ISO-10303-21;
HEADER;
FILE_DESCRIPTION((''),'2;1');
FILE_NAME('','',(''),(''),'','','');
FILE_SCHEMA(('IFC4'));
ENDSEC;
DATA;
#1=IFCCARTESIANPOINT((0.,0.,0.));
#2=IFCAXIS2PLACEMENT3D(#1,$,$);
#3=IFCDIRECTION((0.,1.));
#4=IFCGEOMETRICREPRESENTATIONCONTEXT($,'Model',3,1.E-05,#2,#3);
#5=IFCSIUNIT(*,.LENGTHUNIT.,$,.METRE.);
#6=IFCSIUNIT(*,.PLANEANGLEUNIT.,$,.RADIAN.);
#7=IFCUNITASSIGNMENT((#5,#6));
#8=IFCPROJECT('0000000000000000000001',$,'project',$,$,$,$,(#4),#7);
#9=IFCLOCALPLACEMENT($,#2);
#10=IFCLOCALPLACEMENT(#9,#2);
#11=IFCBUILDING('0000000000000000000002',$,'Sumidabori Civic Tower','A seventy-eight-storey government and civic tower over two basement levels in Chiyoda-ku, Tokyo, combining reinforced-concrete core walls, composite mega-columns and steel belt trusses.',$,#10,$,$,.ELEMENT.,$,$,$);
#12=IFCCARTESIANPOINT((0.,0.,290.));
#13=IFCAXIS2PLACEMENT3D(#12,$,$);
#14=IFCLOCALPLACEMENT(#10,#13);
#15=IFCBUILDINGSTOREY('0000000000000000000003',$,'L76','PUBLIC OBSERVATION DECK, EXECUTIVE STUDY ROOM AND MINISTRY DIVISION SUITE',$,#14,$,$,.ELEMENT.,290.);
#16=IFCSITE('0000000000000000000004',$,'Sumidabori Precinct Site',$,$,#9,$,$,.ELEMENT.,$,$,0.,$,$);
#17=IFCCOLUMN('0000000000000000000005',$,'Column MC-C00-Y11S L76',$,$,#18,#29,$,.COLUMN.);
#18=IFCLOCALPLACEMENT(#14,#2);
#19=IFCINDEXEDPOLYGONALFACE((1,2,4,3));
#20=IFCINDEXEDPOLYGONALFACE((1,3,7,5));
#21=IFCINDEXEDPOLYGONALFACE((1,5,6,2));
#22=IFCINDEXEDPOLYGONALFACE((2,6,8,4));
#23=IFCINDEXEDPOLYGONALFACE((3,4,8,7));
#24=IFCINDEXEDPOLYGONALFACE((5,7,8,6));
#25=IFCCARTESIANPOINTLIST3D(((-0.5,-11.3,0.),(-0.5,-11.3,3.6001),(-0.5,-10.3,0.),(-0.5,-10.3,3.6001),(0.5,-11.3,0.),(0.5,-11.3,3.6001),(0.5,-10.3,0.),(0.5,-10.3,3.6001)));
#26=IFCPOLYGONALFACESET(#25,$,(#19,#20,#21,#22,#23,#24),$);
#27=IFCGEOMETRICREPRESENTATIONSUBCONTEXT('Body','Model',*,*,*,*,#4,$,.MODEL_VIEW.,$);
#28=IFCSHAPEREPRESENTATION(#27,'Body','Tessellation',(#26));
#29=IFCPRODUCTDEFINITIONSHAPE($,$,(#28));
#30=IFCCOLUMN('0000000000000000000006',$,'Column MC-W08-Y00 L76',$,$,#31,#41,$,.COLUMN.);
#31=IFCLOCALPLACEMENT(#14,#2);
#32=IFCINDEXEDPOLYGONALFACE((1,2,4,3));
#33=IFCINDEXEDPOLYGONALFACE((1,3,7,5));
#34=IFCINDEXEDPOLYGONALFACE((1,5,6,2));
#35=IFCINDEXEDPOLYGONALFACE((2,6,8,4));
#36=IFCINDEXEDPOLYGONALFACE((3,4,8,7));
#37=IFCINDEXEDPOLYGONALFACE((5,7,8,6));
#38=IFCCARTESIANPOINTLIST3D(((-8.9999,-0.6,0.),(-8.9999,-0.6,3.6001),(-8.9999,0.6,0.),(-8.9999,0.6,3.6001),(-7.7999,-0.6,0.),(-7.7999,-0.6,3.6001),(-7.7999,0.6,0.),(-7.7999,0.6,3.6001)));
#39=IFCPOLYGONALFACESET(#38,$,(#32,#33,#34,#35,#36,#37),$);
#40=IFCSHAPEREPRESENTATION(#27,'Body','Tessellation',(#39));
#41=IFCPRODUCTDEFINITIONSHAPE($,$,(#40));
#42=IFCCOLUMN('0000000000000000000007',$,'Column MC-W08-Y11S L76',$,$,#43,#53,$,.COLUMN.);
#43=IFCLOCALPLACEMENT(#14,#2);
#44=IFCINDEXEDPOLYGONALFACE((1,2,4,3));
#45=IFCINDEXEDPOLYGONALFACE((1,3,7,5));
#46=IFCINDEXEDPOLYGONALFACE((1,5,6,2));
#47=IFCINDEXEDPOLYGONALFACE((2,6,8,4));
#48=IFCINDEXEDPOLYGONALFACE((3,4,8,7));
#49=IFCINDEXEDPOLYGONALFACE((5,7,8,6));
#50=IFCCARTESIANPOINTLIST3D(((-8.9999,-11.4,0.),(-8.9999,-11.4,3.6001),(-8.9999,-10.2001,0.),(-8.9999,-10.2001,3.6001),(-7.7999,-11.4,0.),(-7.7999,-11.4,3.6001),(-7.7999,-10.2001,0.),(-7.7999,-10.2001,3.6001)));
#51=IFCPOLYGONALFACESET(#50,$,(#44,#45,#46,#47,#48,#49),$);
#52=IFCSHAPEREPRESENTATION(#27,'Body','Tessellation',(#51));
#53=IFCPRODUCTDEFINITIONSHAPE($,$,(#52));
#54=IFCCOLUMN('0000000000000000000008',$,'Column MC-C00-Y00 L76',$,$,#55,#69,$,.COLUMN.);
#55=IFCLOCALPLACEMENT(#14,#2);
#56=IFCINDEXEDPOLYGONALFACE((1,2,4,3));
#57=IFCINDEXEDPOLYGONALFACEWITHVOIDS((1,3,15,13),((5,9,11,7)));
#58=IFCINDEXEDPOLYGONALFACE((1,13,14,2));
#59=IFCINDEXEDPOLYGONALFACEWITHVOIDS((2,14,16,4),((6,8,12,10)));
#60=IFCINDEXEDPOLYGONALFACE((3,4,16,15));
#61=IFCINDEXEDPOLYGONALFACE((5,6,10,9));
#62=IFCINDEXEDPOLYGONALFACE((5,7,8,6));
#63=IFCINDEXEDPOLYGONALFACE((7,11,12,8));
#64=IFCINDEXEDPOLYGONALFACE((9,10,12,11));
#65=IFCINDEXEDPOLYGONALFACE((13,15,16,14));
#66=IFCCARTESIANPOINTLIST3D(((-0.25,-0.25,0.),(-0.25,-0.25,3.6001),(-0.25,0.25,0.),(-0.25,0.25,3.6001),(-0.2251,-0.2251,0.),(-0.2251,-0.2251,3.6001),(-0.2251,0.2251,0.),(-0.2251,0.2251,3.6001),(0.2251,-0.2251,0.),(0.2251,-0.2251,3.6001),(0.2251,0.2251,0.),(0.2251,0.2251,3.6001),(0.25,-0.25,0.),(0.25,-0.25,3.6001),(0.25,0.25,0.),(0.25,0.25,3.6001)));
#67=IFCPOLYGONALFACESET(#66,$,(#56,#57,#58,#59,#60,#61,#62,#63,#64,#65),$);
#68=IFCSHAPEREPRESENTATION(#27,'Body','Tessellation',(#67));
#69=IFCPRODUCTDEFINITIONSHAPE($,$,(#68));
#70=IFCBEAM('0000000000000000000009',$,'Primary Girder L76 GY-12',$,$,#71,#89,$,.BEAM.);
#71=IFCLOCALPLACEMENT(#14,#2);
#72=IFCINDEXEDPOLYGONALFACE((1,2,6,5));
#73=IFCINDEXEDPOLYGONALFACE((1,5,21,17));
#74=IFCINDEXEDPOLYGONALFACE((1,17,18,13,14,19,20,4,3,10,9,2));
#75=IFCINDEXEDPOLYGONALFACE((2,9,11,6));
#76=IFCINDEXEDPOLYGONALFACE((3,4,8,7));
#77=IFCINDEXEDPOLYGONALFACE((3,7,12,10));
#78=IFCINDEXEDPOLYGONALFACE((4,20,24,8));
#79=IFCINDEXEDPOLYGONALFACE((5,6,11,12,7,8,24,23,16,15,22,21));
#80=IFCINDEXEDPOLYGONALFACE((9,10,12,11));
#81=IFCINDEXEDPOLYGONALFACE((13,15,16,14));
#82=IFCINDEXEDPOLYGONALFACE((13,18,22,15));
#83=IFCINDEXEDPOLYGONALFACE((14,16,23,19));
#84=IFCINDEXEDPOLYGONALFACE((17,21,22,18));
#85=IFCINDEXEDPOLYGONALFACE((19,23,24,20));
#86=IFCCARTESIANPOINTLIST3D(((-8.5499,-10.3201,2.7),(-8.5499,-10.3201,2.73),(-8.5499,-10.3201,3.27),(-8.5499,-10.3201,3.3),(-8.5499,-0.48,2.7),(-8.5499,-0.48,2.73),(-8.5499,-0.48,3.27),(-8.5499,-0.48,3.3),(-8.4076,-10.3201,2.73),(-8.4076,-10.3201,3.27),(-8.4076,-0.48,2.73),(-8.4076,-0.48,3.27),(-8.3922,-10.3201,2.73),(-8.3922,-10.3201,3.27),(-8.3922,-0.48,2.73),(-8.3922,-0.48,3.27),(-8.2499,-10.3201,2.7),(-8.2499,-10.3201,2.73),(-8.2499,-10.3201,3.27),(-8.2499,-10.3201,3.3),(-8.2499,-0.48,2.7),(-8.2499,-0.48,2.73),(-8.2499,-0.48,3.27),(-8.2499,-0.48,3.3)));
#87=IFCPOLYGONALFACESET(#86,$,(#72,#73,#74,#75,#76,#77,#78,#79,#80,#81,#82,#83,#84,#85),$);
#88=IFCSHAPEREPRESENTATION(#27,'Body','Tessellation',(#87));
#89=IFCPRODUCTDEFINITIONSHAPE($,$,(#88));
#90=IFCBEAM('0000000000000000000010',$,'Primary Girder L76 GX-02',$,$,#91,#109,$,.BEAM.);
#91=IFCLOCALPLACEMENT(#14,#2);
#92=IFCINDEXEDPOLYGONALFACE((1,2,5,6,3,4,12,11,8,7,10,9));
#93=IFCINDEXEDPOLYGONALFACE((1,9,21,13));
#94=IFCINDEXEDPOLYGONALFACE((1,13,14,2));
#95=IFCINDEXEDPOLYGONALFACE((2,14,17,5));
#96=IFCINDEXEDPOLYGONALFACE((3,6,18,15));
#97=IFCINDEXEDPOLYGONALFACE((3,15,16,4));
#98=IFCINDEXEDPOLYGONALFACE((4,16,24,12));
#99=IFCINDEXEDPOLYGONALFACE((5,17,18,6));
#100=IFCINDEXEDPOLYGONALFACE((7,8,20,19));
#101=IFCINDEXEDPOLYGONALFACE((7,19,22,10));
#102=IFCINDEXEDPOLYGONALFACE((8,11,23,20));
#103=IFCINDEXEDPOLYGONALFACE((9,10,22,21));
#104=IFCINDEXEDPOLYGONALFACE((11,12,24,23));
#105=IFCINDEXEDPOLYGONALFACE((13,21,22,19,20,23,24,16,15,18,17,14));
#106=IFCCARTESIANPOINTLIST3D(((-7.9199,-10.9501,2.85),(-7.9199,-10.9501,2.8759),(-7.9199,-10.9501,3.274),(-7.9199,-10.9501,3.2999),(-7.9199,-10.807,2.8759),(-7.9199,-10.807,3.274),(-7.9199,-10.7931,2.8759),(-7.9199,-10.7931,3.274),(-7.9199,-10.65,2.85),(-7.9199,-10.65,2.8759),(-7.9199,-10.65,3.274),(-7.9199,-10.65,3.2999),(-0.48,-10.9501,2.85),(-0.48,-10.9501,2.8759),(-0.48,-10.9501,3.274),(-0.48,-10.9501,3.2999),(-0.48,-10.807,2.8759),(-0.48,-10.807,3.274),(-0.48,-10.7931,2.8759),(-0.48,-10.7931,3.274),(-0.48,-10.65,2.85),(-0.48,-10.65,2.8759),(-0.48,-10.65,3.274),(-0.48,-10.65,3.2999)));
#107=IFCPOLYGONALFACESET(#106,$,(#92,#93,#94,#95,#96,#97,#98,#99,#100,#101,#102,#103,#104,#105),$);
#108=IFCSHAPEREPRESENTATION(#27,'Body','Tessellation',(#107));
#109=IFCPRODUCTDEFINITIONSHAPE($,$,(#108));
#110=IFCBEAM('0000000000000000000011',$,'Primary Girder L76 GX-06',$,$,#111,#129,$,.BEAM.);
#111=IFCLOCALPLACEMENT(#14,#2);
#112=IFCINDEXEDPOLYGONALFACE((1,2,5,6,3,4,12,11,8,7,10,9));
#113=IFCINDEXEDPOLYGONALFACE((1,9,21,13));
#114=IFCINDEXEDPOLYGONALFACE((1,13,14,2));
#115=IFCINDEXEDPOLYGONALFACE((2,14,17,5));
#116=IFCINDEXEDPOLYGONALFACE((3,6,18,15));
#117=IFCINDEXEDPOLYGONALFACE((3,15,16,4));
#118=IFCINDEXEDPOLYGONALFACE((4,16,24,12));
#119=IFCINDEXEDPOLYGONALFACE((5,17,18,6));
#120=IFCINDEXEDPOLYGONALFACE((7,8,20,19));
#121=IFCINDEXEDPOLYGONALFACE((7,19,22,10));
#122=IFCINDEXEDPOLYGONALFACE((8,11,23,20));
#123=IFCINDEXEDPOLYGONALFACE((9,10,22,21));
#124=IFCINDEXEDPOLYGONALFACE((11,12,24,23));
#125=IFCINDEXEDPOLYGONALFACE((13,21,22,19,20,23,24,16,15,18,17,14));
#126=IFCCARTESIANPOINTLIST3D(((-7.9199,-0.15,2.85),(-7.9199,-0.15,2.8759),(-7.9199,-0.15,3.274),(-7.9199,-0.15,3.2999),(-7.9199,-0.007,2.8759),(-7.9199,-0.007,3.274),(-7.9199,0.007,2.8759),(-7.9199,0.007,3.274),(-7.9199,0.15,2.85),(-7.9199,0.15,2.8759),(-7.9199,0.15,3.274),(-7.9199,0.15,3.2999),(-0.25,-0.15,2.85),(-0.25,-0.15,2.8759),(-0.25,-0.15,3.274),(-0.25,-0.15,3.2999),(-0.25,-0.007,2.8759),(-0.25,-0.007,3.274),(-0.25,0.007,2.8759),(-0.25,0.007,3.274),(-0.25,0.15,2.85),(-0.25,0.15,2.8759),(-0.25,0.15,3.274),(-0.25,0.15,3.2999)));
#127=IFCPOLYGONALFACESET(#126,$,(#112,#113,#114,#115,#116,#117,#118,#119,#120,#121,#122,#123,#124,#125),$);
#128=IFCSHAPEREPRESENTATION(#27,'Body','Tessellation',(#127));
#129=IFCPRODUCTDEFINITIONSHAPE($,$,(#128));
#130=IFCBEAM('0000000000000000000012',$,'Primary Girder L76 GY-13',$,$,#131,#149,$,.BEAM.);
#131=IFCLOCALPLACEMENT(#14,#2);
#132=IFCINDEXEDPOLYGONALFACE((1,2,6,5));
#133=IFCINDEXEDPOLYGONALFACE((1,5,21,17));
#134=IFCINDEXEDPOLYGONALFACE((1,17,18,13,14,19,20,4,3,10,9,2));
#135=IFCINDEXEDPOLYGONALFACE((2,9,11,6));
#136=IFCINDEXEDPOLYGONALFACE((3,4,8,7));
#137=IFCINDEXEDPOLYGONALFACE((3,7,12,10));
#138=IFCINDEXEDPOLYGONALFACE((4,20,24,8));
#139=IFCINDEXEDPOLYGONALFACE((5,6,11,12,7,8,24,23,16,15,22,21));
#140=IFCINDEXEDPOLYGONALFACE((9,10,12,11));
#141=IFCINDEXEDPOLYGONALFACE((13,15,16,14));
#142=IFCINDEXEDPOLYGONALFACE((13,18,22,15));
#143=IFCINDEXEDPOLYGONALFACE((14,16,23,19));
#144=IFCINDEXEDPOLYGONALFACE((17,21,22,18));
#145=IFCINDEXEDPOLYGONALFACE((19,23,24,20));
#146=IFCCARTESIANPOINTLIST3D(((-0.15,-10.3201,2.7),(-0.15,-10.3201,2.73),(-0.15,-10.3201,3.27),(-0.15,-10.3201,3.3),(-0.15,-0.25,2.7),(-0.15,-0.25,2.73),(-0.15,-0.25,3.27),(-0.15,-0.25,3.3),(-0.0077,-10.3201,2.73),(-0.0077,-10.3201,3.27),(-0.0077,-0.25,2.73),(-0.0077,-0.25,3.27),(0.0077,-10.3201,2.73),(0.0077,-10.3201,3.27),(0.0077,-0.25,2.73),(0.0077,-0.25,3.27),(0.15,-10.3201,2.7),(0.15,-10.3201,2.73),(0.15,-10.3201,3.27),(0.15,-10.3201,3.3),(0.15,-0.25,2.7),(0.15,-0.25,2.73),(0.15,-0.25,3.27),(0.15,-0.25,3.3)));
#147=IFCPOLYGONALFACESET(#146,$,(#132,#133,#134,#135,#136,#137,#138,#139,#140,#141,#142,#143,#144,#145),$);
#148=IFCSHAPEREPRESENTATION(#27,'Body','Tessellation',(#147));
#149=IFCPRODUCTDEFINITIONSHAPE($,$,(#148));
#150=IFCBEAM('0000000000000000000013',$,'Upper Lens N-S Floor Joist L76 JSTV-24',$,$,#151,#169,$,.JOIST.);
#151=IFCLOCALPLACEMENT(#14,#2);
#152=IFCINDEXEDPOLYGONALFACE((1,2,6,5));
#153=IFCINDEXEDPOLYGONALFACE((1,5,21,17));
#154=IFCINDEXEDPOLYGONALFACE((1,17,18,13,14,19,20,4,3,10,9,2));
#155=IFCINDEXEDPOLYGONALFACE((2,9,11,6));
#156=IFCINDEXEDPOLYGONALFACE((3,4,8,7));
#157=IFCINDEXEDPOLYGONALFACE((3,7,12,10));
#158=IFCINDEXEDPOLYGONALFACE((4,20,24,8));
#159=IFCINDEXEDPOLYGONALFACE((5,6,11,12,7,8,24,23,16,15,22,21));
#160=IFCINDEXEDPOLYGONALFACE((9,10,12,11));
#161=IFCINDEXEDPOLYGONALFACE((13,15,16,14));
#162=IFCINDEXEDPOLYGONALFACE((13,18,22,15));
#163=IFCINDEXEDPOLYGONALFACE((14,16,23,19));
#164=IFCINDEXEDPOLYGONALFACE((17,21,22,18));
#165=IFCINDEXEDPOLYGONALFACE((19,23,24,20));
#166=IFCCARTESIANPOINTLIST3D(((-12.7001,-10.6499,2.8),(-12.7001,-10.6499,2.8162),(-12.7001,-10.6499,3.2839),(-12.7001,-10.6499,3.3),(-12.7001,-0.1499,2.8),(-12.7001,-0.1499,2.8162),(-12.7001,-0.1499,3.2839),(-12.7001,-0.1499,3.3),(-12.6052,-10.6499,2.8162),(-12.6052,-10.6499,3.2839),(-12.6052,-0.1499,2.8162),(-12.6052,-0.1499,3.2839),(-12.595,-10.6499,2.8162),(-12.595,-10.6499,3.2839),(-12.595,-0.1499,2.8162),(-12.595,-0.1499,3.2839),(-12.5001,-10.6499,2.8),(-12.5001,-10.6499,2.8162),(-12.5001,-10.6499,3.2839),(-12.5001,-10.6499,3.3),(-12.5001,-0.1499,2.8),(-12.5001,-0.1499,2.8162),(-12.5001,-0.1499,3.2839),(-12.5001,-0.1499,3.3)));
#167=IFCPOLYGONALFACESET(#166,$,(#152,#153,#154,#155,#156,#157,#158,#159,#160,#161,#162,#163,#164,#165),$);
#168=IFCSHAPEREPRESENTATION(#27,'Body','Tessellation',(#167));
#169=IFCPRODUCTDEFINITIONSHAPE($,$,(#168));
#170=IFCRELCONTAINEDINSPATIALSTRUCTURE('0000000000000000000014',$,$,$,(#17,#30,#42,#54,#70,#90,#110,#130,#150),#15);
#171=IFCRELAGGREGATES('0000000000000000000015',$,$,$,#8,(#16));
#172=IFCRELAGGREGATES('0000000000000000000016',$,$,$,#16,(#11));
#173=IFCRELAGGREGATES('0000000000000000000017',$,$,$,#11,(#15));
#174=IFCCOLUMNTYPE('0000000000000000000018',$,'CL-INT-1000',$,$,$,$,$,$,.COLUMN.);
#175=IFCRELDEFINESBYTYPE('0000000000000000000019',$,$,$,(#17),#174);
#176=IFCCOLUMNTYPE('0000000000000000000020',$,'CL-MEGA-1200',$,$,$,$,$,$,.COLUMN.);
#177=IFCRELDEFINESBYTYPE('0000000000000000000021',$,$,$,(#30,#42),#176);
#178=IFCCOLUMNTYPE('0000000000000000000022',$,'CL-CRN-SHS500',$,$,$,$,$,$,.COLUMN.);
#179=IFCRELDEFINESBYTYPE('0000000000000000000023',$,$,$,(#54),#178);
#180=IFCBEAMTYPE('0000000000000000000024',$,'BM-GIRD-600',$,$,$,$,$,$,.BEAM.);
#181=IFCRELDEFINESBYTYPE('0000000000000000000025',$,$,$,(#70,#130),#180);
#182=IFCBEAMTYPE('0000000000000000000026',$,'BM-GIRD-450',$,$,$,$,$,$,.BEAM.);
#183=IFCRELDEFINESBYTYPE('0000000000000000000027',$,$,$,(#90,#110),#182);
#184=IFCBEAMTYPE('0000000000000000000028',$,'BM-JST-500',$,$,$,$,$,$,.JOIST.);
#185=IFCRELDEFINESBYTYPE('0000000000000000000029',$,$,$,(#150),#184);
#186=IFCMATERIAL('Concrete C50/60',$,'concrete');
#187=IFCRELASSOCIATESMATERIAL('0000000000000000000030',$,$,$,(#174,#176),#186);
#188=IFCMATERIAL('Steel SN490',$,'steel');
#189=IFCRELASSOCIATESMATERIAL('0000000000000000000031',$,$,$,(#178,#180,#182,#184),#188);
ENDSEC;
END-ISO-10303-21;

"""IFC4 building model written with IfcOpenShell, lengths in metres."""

from ifc_helpers import new_model, si_unit, direction, frame, origin, origin_with_axes, origin_2d, place, context, subcontext, project, spatial, rectangle, hollow_rectangle, i_section, extrude, source, transform, mapped, material, material_profile, profile_set, type_object, element, save


model = new_model("IFC4")

# Units and contexts
model_context = context("Model", 3, precision=1e-05, world=origin(), true_north=direction((0.0, 1.0)))
body_context = subcontext(model_context, "Body", "Model", "MODEL_VIEW")
ifc_project = project(units=[si_unit("LENGTHUNIT", "METRE"), si_unit("PLANEANGLEUNIT", "RADIAN")], contexts=[model_context])

# Site, building, storey
site_placement = place(None, origin())
site = spatial("IfcSite", under=ifc_project, at=site_placement, Name="Sumidabori Precinct Site", CompositionType="ELEMENT", RefElevation=0.0)
building_placement = place(site_placement, origin())
building = spatial("IfcBuilding", under=site, at=building_placement, Name="Sumidabori Civic Tower", Description="A seventy-eight-storey government and civic tower over two basement levels in Chiyoda-ku, Tokyo, combining reinforced-concrete core walls, composite mega-columns and steel belt trusses.", CompositionType="ELEMENT")
storey_placement = place(building_placement, frame((0.0, 0.0, 290.0)))
storey = spatial("IfcBuildingStorey", under=building, at=storey_placement, Name="L76", Description="PUBLIC OBSERVATION DECK, EXECUTIVE STUDY ROOM AND MINISTRY DIVISION SUITE", CompositionType="ELEMENT", Elevation=290.0)

# Columns
ifc_material_1 = material(Name="Concrete C50/60", Category="concrete")
ifc_material_profile_1 = material_profile(ifc_material_1, rectangle(XDim=1.0, YDim=1.0, at=origin_2d()), Name="RC 1000x1000")
ifc_profile_set_1 = profile_set([ifc_material_profile_1], Name="Concrete C50/60")
column_type_1 = type_object("IfcColumnType", Name="CL-INT-1000", PredefinedType="COLUMN", material=ifc_profile_set_1)
shared_shape_1 = source(origin(), body_context, "Body", "SweptSolid", [
    extrude(rectangle(XDim=1.0, YDim=1.0, at=origin_2d()), origin(), (0.0, 0.0, 1.0), 3.6001),
])
column_1_placement = place(storey_placement, frame((0.0, -10.8, 0.0), z_axis=(0.0, 0.0, 1.0), x_axis=(1.0, 0.0, 0.0)))
element("IfcColumn", 1, at=column_1_placement, inside=storey, type_object=column_type_1, Name="Column MC-C00-Y11S L76", PredefinedType="COLUMN", context=body_context, shape_type="MappedRepresentation", body=[
    mapped(shared_shape_1, transform((0.0, 0.0, 0.0), x_axis=(1.0, 0.0, 0.0), y_axis=(0.0, 1.0, 0.0), z_axis=(0.0, 0.0, 1.0), scale=1.0)),
])
ifc_material_profile_2 = material_profile(ifc_material_1, rectangle(XDim=1.2, YDim=1.2, at=origin_2d()), Name="RC 1200x1200")
ifc_profile_set_2 = profile_set([ifc_material_profile_2], Name="Concrete C50/60")
column_type_2 = type_object("IfcColumnType", Name="CL-MEGA-1200", PredefinedType="COLUMN", material=ifc_profile_set_2)
shared_shape_2 = source(origin(), body_context, "Body", "SweptSolid", [
    extrude(rectangle(XDim=1.2, YDim=1.2, at=origin_2d()), origin(), (0.0, 0.0, 1.0), 3.6001),
])
for number, where, z_axis, x_axis, name in (
    (2, (-8.3999, 0.0, 0.0), (0.0, 0.0, 1.0), (1.0, 0.0, 0.0), "Column MC-W08-Y00 L76"),
    (3, (-8.3999, -10.8, 0.0), (0.0, 0.0, 1.0), (1.0, 0.0, 0.0), "Column MC-W08-Y11S L76"),
):
    element("IfcColumn", number, at=place(storey_placement, frame(where, z_axis=z_axis, x_axis=x_axis)), inside=storey, type_object=column_type_2, Name=name, PredefinedType="COLUMN", context=body_context, shape_type="MappedRepresentation", body=[
        mapped(shared_shape_2, transform((0.0, 0.0, 0.0), x_axis=(1.0, 0.0, 0.0), y_axis=(0.0, 1.0, 0.0), z_axis=(0.0, 0.0, 1.0), scale=1.0)),
    ])
ifc_material_2 = material(Name="Steel SN490", Category="steel")
ifc_material_profile_3 = material_profile(ifc_material_2, hollow_rectangle(XDim=0.5, YDim=0.5, WallThickness=0.0249, at=origin_2d()), Name="SHS 500x500x25")
ifc_profile_set_3 = profile_set([ifc_material_profile_3], Name="Steel SN490")
column_type_3 = type_object("IfcColumnType", Name="CL-CRN-SHS500", PredefinedType="COLUMN", material=ifc_profile_set_3)
shared_shape_3 = source(origin(), body_context, "Body", "SweptSolid", [
    extrude(hollow_rectangle(XDim=0.5, YDim=0.5, WallThickness=0.0249, at=origin_2d()), origin(), (0.0, 0.0, 1.0), 3.6001),
])
column_2_placement = place(storey_placement, origin_with_axes())
element("IfcColumn", 4, at=column_2_placement, inside=storey, type_object=column_type_3, Name="Column MC-C00-Y00 L76", PredefinedType="COLUMN", context=body_context, shape_type="MappedRepresentation", body=[
    mapped(shared_shape_3, transform((0.0, 0.0, 0.0), x_axis=(1.0, 0.0, 0.0), y_axis=(0.0, 1.0, 0.0), z_axis=(0.0, 0.0, 1.0), scale=1.0)),
])

# Beams
ifc_material_profile_4 = material_profile(ifc_material_2, i_section(OverallWidth=0.3, OverallDepth=0.6001, WebThickness=0.0154, FlangeThickness=0.03, at=origin_2d()), Name="HE 600 B")
ifc_profile_set_4 = profile_set([ifc_material_profile_4], Name="Steel SN490")
beam_type_1 = type_object("IfcBeamType", Name="BM-GIRD-600", PredefinedType="BEAM", material=ifc_profile_set_4)
shared_shape_4 = source(origin(), body_context, "Body", "SweptSolid", [
    extrude(i_section(OverallWidth=0.3, OverallDepth=0.6001, WebThickness=0.0154, FlangeThickness=0.03, at=origin_2d()), origin(), (0.0, 0.0, 1.0), 9.8401),
])
beam_1_placement = place(storey_placement, frame((-8.3999, -10.3201, 3.0), z_axis=(0.0, 1.0, 0.0), x_axis=(-1.0, 0.0, 0.0)))
element("IfcBeam", 5, at=beam_1_placement, inside=storey, type_object=beam_type_1, Name="Primary Girder L76 GY-12", PredefinedType="BEAM", context=body_context, shape_type="MappedRepresentation", body=[
    mapped(shared_shape_4, transform((0.0, 0.0, 0.0), x_axis=(1.0, 0.0, 0.0), y_axis=(0.0, 1.0, 0.0), z_axis=(0.0, 0.0, 1.0), scale=1.0)),
])
ifc_material_profile_5 = material_profile(ifc_material_2, i_section(OverallWidth=0.3, OverallDepth=0.45, WebThickness=0.0139, FlangeThickness=0.0259, at=origin_2d()), Name="HE 450 B")
ifc_profile_set_5 = profile_set([ifc_material_profile_5], Name="Steel SN490")
beam_type_2 = type_object("IfcBeamType", Name="BM-GIRD-450", PredefinedType="BEAM", material=ifc_profile_set_5)
shared_shape_5 = source(origin(), body_context, "Body", "SweptSolid", [
    extrude(i_section(OverallWidth=0.3, OverallDepth=0.45, WebThickness=0.0139, FlangeThickness=0.0259, at=origin_2d()), origin(), (0.0, 0.0, 1.0), 7.4399),
])
beam_2_placement = place(storey_placement, frame((-7.9199, -10.8, 3.075), z_axis=(1.0, 0.0, 0.0), x_axis=(0.0, 1.0, 0.0)))
element("IfcBeam", 6, at=beam_2_placement, inside=storey, type_object=beam_type_2, Name="Primary Girder L76 GX-02", PredefinedType="BEAM", context=body_context, shape_type="MappedRepresentation", body=[
    mapped(shared_shape_5, transform((0.0, 0.0, 0.0), x_axis=(1.0, 0.0, 0.0), y_axis=(0.0, 1.0, 0.0), z_axis=(0.0, 0.0, 1.0), scale=1.0)),
])
shared_shape_6 = source(origin(), body_context, "Body", "SweptSolid", [
    extrude(i_section(OverallWidth=0.3, OverallDepth=0.45, WebThickness=0.0139, FlangeThickness=0.0259, at=origin_2d()), origin(), (0.0, 0.0, 1.0), 7.6699),
])
beam_3_placement = place(storey_placement, frame((-7.9199, 0.0, 3.075), z_axis=(1.0, 0.0, 0.0), x_axis=(0.0, 1.0, 0.0)))
element("IfcBeam", 7, at=beam_3_placement, inside=storey, type_object=beam_type_2, Name="Primary Girder L76 GX-06", PredefinedType="BEAM", context=body_context, shape_type="MappedRepresentation", body=[
    mapped(shared_shape_6, transform((0.0, 0.0, 0.0), x_axis=(1.0, 0.0, 0.0), y_axis=(0.0, 1.0, 0.0), z_axis=(0.0, 0.0, 1.0), scale=1.0)),
])
shared_shape_7 = source(origin(), body_context, "Body", "SweptSolid", [
    extrude(i_section(OverallWidth=0.3, OverallDepth=0.6001, WebThickness=0.0154, FlangeThickness=0.03, at=origin_2d()), origin(), (0.0, 0.0, 1.0), 10.0701),
])
beam_4_placement = place(storey_placement, frame((0.0, -10.3201, 3.0), z_axis=(0.0, 1.0, 0.0), x_axis=(-1.0, 0.0, 0.0)))
element("IfcBeam", 8, at=beam_4_placement, inside=storey, type_object=beam_type_1, Name="Primary Girder L76 GY-13", PredefinedType="BEAM", context=body_context, shape_type="MappedRepresentation", body=[
    mapped(shared_shape_7, transform((0.0, 0.0, 0.0), x_axis=(1.0, 0.0, 0.0), y_axis=(0.0, 1.0, 0.0), z_axis=(0.0, 0.0, 1.0), scale=1.0)),
])
ifc_material_profile_6 = material_profile(ifc_material_2, i_section(OverallWidth=0.2, OverallDepth=0.5, WebThickness=0.0103, FlangeThickness=0.0161, at=origin_2d()), Name="IPE 500")
ifc_profile_set_6 = profile_set([ifc_material_profile_6], Name="Steel SN490")
beam_type_3 = type_object("IfcBeamType", Name="BM-JST-500", PredefinedType="JOIST", material=ifc_profile_set_6)
shared_shape_8 = source(origin(), body_context, "Body", "SweptSolid", [
    extrude(i_section(OverallWidth=0.2, OverallDepth=0.5, WebThickness=0.0103, FlangeThickness=0.0161, at=origin_2d()), origin(), (0.0, 0.0, 1.0), 10.5),
])
for number, where, z_axis, x_axis, name in (
    (9, (-12.6001, -10.6499, 3.05), (0.0, 1.0, 0.0), (-1.0, 0.0, 0.0), "Upper Lens N-S Floor Joist L76 JSTV-24"),
):
    element("IfcBeam", number, at=place(storey_placement, frame(where, z_axis=z_axis, x_axis=x_axis)), inside=storey, type_object=beam_type_3, Name=name, PredefinedType="JOIST", context=body_context, shape_type="MappedRepresentation", body=[
        mapped(shared_shape_8, transform((0.0, 0.0, 0.0), x_axis=(1.0, 0.0, 0.0), y_axis=(0.0, 1.0, 0.0), z_axis=(0.0, 0.0, 1.0), scale=1.0)),
    ])

save(model, "model.ifc")
